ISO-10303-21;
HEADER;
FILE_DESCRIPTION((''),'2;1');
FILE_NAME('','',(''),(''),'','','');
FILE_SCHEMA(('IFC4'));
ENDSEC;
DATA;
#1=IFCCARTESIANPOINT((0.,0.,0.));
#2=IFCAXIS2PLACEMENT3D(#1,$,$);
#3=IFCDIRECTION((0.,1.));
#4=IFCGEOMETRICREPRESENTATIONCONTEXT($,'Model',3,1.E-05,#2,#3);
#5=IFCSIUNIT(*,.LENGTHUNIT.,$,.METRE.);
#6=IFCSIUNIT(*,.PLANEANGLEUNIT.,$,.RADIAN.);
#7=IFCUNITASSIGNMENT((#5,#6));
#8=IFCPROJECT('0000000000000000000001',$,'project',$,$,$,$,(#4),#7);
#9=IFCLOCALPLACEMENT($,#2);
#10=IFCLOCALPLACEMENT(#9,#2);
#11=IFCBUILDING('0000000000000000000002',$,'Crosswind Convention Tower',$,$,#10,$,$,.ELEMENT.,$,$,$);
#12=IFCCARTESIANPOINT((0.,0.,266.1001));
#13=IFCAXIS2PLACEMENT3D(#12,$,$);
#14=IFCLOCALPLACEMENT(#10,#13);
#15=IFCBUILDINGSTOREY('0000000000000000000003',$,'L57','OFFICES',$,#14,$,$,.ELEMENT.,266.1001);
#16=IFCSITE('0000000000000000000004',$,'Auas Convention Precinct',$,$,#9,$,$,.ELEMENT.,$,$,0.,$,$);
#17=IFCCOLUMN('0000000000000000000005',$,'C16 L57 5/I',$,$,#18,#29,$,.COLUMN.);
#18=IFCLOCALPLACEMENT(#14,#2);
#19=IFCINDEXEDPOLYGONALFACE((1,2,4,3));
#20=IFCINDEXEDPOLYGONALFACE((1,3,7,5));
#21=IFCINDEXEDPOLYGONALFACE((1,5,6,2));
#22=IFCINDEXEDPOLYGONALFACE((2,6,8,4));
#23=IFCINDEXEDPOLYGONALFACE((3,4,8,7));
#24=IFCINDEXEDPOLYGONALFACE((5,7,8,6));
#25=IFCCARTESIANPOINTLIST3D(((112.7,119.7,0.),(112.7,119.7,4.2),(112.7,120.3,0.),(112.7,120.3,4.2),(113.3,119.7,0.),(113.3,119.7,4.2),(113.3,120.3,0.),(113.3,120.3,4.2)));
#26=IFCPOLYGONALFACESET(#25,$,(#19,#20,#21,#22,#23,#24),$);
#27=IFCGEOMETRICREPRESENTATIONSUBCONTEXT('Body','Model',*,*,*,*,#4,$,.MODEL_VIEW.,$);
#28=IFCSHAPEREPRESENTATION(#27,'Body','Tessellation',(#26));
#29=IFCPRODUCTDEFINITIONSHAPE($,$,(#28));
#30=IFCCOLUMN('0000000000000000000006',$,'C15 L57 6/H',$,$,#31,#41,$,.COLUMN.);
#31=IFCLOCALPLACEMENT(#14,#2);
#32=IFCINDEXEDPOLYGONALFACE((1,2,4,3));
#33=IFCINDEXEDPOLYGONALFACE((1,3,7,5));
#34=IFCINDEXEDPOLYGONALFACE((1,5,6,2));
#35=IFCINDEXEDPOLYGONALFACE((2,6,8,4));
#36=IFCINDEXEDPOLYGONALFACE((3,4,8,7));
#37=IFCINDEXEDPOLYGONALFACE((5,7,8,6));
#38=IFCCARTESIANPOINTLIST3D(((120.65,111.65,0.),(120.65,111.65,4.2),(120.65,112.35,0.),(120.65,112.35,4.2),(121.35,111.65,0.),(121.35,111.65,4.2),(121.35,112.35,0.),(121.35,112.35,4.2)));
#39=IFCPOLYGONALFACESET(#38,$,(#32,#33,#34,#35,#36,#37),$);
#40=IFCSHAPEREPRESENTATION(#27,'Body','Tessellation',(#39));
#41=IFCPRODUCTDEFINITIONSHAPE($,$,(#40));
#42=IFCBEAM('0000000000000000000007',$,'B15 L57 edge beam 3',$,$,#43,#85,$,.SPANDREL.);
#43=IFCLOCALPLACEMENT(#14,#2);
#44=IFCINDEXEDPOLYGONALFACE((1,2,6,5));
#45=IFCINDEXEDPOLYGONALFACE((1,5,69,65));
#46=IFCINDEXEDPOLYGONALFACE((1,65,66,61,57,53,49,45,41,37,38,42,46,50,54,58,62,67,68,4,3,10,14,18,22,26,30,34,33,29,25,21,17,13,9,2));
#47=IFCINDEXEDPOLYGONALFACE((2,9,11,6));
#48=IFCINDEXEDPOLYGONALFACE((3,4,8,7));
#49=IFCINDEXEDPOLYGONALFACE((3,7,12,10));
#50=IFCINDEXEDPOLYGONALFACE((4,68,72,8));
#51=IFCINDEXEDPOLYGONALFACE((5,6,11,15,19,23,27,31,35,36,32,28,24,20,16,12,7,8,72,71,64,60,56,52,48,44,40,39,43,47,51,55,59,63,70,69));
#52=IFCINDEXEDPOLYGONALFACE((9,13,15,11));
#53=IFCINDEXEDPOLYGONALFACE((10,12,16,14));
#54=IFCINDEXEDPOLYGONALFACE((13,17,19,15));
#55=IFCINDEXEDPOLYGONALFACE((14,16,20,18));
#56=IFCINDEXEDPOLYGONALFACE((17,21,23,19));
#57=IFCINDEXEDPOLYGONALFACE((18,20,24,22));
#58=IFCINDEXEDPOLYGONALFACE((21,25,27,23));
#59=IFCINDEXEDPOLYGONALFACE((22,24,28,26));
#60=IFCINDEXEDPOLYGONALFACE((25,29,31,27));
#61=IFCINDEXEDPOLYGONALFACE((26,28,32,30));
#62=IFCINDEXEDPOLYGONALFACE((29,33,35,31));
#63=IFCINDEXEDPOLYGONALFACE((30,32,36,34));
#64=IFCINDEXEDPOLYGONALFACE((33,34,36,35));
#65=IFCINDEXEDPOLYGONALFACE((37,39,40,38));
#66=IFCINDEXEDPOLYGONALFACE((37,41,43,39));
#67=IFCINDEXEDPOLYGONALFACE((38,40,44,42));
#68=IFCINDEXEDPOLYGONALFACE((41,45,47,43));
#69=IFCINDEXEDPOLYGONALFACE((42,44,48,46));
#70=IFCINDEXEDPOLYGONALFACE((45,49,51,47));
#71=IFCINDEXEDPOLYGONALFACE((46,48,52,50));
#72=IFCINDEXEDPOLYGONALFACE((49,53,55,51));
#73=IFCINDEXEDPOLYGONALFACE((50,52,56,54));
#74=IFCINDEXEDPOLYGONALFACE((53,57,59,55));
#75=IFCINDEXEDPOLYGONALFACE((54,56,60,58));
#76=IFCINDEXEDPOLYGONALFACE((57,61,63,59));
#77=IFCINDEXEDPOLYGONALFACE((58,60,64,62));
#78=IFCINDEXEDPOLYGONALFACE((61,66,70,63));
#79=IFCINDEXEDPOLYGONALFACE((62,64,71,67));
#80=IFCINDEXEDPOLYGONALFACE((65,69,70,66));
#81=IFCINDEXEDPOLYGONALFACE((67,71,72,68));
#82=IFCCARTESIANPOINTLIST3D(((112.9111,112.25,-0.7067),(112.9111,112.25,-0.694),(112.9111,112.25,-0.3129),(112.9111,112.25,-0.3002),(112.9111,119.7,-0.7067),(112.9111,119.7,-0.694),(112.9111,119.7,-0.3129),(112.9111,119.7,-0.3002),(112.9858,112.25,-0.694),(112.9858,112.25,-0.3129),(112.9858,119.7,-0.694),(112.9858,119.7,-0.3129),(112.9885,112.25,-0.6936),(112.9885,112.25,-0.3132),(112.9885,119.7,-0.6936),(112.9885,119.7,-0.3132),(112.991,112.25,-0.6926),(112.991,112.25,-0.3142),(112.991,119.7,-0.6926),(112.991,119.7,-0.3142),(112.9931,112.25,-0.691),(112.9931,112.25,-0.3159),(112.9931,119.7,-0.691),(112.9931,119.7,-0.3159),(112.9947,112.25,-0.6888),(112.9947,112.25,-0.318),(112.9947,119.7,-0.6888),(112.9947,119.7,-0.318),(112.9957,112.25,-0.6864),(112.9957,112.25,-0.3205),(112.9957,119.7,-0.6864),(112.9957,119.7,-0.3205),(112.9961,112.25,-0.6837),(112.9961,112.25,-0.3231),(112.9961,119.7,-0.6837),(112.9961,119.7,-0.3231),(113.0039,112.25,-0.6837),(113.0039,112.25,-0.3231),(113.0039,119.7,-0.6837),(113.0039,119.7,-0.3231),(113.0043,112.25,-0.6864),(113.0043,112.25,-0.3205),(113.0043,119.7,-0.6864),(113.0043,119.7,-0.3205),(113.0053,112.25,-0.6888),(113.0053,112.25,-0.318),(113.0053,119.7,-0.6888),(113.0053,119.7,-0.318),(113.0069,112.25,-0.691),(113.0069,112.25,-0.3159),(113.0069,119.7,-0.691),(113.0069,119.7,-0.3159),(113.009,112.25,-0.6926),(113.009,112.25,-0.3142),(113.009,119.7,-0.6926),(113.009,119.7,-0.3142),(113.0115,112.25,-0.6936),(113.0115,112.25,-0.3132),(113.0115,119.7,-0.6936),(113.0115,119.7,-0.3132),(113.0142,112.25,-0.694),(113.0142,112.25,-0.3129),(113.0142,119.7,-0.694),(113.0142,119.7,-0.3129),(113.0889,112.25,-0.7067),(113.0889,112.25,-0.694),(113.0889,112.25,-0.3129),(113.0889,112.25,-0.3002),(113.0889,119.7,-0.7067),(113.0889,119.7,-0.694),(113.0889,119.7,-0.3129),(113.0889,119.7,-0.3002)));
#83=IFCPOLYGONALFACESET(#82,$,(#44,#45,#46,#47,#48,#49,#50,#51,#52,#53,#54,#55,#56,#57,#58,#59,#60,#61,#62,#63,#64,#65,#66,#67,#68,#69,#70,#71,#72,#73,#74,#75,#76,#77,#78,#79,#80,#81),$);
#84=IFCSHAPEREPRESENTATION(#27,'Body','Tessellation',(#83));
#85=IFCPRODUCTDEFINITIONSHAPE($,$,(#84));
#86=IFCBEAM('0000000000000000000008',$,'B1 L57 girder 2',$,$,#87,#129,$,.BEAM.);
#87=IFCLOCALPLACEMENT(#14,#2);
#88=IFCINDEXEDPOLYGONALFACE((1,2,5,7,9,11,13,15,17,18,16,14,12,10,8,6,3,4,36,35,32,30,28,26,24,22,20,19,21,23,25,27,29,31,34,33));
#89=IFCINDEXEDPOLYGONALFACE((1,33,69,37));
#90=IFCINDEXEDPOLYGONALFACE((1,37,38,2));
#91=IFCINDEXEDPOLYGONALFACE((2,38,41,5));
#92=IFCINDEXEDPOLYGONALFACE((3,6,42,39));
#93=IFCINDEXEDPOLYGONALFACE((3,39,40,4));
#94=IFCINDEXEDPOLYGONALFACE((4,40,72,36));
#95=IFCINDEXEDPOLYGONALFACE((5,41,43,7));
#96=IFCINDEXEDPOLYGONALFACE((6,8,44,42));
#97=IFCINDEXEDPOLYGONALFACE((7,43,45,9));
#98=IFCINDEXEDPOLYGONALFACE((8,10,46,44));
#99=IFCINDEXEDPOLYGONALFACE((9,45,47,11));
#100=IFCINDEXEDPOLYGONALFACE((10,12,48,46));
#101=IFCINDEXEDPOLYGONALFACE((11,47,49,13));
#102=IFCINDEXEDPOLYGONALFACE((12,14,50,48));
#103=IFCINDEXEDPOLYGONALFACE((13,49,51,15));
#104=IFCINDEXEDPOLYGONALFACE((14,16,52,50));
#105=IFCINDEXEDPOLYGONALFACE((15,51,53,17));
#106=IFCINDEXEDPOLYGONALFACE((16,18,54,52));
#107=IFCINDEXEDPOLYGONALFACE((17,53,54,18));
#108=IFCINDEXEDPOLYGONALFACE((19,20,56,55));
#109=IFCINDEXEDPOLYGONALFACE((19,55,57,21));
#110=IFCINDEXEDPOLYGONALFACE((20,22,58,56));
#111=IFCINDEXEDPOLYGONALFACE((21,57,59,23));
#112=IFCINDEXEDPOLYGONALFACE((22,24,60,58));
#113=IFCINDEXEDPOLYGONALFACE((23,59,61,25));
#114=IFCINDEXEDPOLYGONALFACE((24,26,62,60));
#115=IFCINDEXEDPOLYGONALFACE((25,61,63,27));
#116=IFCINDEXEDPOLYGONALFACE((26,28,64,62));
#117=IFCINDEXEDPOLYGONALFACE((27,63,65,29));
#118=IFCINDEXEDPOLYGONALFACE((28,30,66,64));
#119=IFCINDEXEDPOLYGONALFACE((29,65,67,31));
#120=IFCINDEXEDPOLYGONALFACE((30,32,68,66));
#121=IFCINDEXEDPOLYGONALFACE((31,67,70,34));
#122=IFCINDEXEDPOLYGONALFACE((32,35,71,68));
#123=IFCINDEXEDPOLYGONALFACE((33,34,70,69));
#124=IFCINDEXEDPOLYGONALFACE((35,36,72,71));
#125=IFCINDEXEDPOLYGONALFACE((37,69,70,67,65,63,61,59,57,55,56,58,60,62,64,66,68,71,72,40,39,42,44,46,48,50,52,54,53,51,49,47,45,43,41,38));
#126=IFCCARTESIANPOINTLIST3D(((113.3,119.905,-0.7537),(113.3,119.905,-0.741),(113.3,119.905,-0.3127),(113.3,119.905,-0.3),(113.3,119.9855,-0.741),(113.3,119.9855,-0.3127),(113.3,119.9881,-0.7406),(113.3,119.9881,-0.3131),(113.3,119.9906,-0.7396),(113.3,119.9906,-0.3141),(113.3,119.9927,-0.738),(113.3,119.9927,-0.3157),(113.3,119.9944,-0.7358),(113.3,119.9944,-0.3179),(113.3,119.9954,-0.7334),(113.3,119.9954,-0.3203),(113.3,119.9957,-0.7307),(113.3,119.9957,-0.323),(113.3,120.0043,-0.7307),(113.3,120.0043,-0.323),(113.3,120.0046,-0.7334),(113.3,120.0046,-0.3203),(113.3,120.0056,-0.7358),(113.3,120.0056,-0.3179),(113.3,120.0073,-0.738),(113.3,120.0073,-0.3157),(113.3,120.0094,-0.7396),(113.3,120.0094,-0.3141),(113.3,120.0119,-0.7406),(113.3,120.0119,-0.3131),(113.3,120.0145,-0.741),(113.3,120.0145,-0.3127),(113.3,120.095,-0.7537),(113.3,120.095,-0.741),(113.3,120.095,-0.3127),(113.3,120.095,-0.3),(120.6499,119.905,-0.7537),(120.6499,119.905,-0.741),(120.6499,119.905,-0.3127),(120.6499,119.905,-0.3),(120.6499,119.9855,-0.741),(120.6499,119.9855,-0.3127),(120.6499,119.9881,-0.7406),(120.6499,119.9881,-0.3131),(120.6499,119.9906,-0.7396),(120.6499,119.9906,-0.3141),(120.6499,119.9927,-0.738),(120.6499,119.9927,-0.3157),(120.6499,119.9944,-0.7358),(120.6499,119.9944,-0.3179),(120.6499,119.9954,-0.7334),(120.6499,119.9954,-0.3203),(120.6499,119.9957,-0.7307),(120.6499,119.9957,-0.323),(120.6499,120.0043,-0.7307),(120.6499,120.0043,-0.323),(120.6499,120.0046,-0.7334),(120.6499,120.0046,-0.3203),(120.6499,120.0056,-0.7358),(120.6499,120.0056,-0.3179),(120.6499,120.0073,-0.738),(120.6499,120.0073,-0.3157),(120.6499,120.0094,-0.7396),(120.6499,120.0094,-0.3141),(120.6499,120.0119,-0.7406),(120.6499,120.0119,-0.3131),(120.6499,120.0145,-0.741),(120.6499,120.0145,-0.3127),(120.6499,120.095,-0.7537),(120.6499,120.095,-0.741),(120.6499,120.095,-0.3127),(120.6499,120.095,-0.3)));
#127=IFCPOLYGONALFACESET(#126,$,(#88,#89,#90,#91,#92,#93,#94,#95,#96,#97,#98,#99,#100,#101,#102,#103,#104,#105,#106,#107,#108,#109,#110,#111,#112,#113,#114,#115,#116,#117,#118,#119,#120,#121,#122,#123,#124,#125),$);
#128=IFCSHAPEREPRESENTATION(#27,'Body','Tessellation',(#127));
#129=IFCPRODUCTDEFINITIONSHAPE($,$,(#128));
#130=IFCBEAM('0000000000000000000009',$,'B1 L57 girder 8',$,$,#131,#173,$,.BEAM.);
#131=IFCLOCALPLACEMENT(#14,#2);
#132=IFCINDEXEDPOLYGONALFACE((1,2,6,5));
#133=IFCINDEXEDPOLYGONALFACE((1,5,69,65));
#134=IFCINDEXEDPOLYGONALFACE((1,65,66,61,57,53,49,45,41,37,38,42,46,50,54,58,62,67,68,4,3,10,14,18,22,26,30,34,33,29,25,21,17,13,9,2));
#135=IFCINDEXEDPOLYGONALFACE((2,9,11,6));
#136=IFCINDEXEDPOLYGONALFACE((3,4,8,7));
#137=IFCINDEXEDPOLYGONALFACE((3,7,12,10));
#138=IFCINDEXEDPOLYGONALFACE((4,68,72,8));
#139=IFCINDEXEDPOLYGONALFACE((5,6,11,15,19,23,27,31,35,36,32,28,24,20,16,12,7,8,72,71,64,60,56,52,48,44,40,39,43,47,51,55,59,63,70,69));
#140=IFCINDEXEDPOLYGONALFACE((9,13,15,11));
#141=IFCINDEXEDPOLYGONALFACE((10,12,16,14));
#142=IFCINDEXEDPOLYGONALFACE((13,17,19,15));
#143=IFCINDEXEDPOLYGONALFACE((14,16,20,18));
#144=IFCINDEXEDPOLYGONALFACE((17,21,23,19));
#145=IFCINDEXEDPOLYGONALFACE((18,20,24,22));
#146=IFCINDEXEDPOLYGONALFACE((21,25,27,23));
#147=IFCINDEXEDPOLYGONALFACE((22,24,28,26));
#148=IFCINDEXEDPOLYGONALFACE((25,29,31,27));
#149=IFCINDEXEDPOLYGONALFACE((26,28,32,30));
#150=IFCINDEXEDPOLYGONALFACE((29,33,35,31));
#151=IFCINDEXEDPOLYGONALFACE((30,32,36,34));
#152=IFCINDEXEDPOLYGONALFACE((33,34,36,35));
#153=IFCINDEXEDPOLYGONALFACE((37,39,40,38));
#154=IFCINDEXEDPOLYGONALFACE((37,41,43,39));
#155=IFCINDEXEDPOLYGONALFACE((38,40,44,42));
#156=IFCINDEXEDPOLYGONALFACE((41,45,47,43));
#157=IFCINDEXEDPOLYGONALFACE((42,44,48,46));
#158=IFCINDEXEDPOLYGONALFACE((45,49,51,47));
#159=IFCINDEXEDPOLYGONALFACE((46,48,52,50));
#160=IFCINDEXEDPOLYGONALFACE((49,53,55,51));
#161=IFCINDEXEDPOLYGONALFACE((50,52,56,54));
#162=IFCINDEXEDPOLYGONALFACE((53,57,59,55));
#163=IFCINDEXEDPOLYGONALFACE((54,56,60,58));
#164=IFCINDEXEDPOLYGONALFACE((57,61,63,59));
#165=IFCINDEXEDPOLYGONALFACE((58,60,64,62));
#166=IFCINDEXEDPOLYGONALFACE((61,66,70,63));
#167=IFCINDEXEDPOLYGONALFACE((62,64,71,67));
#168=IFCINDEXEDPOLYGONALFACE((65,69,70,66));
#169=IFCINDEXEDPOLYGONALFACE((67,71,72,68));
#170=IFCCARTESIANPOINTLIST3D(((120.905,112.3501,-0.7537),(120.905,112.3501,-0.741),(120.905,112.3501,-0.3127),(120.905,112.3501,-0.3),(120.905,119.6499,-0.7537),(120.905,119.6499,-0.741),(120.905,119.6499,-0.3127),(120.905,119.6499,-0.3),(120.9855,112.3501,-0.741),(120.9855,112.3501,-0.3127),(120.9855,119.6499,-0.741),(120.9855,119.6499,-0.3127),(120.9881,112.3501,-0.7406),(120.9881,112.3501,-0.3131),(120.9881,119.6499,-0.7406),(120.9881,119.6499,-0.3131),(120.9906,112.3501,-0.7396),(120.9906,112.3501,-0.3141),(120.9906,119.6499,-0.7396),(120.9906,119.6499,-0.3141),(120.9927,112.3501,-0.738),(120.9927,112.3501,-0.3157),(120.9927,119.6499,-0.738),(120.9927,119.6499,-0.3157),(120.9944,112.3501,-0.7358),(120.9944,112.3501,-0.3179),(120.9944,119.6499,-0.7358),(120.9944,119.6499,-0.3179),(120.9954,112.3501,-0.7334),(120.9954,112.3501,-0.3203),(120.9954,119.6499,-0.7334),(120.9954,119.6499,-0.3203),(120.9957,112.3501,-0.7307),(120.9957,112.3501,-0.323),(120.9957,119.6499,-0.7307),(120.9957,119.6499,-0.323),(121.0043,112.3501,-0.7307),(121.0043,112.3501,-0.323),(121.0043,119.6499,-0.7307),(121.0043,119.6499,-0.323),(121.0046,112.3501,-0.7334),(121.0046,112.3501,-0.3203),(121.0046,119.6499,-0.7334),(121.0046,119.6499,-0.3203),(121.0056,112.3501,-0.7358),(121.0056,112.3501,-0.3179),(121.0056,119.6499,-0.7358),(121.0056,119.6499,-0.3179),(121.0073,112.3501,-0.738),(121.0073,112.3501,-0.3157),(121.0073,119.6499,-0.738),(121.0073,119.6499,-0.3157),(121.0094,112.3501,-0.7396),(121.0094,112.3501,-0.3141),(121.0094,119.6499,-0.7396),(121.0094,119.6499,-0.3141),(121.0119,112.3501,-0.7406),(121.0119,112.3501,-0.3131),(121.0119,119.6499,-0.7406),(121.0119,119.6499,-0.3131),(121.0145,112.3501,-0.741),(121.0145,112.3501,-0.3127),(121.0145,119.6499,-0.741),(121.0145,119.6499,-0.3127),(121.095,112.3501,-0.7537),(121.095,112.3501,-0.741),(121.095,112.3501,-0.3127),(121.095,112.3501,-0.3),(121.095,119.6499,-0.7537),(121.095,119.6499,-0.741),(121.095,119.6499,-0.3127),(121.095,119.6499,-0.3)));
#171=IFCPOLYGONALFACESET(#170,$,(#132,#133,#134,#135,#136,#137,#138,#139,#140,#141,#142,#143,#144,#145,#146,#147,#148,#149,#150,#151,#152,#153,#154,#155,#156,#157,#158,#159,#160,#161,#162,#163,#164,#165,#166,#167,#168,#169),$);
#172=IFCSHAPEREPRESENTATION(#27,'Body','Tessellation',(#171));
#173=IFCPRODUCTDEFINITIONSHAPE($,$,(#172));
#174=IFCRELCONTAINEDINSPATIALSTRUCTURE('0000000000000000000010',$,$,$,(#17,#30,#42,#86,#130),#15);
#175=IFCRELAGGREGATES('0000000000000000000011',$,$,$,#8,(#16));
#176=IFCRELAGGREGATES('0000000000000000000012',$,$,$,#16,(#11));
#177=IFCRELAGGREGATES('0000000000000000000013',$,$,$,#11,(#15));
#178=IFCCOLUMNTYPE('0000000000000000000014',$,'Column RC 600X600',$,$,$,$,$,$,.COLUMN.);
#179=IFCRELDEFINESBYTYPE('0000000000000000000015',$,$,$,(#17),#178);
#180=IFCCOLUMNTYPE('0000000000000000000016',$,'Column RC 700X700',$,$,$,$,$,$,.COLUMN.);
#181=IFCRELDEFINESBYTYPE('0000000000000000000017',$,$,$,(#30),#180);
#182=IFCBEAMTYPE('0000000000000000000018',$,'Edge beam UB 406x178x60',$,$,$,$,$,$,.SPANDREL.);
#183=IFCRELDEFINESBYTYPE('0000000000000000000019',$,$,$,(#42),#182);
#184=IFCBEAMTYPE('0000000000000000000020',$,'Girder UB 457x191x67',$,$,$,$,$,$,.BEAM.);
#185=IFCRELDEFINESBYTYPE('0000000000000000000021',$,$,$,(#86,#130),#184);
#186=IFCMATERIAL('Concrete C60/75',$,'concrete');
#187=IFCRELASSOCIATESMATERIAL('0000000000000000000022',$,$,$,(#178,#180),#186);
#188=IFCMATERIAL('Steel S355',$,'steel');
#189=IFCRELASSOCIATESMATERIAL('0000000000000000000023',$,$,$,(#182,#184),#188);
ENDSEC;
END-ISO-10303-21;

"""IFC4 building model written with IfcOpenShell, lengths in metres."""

from ifc_helpers import new_model, si_unit, direction, frame, origin, origin_2d, place, context, subcontext, project, spatial, rectangle, i_section, extrude, material, material_profile, profile_set, type_object, element, save


model = new_model("IFC4")

# Units and contexts
model_context = context("Model", 3, precision=1e-05, world=origin(), true_north=direction((0.0, 1.0)))
body_context = subcontext(model_context, "Body", "Model", "MODEL_VIEW")
ifc_project = project(units=[si_unit("LENGTHUNIT", "METRE"), si_unit("PLANEANGLEUNIT", "RADIAN")], contexts=[model_context])

# Site, building, storey
site_placement = place(None, origin())
site = spatial("IfcSite", under=ifc_project, at=site_placement, Name="Auas Convention Precinct", CompositionType="ELEMENT", RefElevation=0.0)
building_placement = place(site_placement, origin())
building = spatial("IfcBuilding", under=site, at=building_placement, Name="Crosswind Convention Tower", CompositionType="ELEMENT")
storey_placement = place(building_placement, frame((0.0, 0.0, 266.1001)))
storey = spatial("IfcBuildingStorey", under=building, at=storey_placement, Name="L57", Description="OFFICES", CompositionType="ELEMENT", Elevation=266.1001)

# Columns
ifc_material_1 = material(Name="Concrete C60/75", Category="concrete")
ifc_material_profile_1 = material_profile(ifc_material_1, rectangle(XDim=0.6001, YDim=0.6001, at=origin_2d()), Name="RC 600X600")
ifc_profile_set_1 = profile_set([ifc_material_profile_1], Name="Concrete C60/75")
column_type_1 = type_object("IfcColumnType", Name="Column RC 600X600", PredefinedType="COLUMN", material=ifc_profile_set_1)
column_1_placement = place(storey_placement, frame((113.0, 120.0, 0.0), z_axis=(0.0, 0.0, 1.0), x_axis=(1.0, 0.0, 0.0)))
element("IfcColumn", 1, at=column_1_placement, inside=storey, type_object=column_type_1, Name="C16 L57 5/I", PredefinedType="COLUMN", context=body_context, shape_type="SweptSolid", body=[
    extrude(rectangle(XDim=0.6001, YDim=0.6001, at=origin_2d()), origin(), (0.0, 0.0, 1.0), 4.2),
])
ifc_material_profile_2 = material_profile(ifc_material_1, rectangle(XDim=0.7, YDim=0.7, at=origin_2d()), Name="RC 700X700")
ifc_profile_set_2 = profile_set([ifc_material_profile_2], Name="Concrete C60/75")
column_type_2 = type_object("IfcColumnType", Name="Column RC 700X700", PredefinedType="COLUMN", material=ifc_profile_set_2)
column_2_placement = place(storey_placement, frame((121.0, 112.0, 0.0), z_axis=(0.0, 0.0, 1.0), x_axis=(1.0, 0.0, 0.0)))
element("IfcColumn", 2, at=column_2_placement, inside=storey, type_object=column_type_2, Name="C15 L57 6/H", PredefinedType="COLUMN", context=body_context, shape_type="SweptSolid", body=[
    extrude(rectangle(XDim=0.7, YDim=0.7, at=origin_2d()), origin(), (0.0, 0.0, 1.0), 4.2),
])

# Beams
ifc_material_2 = material(Name="Steel S355", Category="steel")
ifc_material_profile_3 = material_profile(ifc_material_2, i_section(OverallWidth=0.1777, OverallDepth=0.4065, WebThickness=0.0078, FlangeThickness=0.0127, FilletRadius=0.0103, at=origin_2d()), Name="UB 406x178x60")
ifc_profile_set_3 = profile_set([ifc_material_profile_3], Name="Steel S355")
beam_type_1 = type_object("IfcBeamType", Name="Edge beam UB 406x178x60", PredefinedType="SPANDREL", material=ifc_profile_set_3)
beam_1_placement = place(storey_placement, frame((113.0, 112.25, -0.5034), z_axis=(0.0, 1.0, 0.0), x_axis=(-1.0, 0.0, 0.0)))
element("IfcBeam", 3, at=beam_1_placement, inside=storey, type_object=beam_type_1, Name="B15 L57 edge beam 3", PredefinedType="SPANDREL", context=body_context, shape_type="SweptSolid", body=[
    extrude(i_section(OverallWidth=0.1777, OverallDepth=0.4065, WebThickness=0.0078, FlangeThickness=0.0127, FilletRadius=0.0103, at=origin_2d()), origin(), (0.0, 0.0, 1.0), 7.45),
])
ifc_material_profile_4 = material_profile(ifc_material_2, i_section(OverallWidth=0.1899, OverallDepth=0.4536, WebThickness=0.0085, FlangeThickness=0.0127, FilletRadius=0.0103, at=origin_2d()), Name="UB 457x191x67")
ifc_profile_set_4 = profile_set([ifc_material_profile_4], Name="Steel S355")
beam_type_2 = type_object("IfcBeamType", Name="Girder UB 457x191x67", PredefinedType="BEAM", material=ifc_profile_set_4)
beam_2_placement = place(storey_placement, frame((113.3, 120.0, -0.5269), z_axis=(1.0, 0.0, 0.0), x_axis=(0.0, 1.0, 0.0)))
element("IfcBeam", 4, at=beam_2_placement, inside=storey, type_object=beam_type_2, Name="B1 L57 girder 2", PredefinedType="BEAM", context=body_context, shape_type="SweptSolid", body=[
    extrude(i_section(OverallWidth=0.1899, OverallDepth=0.4536, WebThickness=0.0085, FlangeThickness=0.0127, FilletRadius=0.0103, at=origin_2d()), origin(), (0.0, 0.0, 1.0), 7.3499),
])
beam_3_placement = place(storey_placement, frame((121.0, 112.3501, -0.5269), z_axis=(0.0, 1.0, 0.0), x_axis=(-1.0, 0.0, 0.0)))
element("IfcBeam", 5, at=beam_3_placement, inside=storey, type_object=beam_type_2, Name="B1 L57 girder 8", PredefinedType="BEAM", context=body_context, shape_type="SweptSolid", body=[
    extrude(i_section(OverallWidth=0.1899, OverallDepth=0.4536, WebThickness=0.0085, FlangeThickness=0.0127, FilletRadius=0.0103, at=origin_2d()), origin(), (0.0, 0.0, 1.0), 7.2998),
])

save(model, "model.ifc")
